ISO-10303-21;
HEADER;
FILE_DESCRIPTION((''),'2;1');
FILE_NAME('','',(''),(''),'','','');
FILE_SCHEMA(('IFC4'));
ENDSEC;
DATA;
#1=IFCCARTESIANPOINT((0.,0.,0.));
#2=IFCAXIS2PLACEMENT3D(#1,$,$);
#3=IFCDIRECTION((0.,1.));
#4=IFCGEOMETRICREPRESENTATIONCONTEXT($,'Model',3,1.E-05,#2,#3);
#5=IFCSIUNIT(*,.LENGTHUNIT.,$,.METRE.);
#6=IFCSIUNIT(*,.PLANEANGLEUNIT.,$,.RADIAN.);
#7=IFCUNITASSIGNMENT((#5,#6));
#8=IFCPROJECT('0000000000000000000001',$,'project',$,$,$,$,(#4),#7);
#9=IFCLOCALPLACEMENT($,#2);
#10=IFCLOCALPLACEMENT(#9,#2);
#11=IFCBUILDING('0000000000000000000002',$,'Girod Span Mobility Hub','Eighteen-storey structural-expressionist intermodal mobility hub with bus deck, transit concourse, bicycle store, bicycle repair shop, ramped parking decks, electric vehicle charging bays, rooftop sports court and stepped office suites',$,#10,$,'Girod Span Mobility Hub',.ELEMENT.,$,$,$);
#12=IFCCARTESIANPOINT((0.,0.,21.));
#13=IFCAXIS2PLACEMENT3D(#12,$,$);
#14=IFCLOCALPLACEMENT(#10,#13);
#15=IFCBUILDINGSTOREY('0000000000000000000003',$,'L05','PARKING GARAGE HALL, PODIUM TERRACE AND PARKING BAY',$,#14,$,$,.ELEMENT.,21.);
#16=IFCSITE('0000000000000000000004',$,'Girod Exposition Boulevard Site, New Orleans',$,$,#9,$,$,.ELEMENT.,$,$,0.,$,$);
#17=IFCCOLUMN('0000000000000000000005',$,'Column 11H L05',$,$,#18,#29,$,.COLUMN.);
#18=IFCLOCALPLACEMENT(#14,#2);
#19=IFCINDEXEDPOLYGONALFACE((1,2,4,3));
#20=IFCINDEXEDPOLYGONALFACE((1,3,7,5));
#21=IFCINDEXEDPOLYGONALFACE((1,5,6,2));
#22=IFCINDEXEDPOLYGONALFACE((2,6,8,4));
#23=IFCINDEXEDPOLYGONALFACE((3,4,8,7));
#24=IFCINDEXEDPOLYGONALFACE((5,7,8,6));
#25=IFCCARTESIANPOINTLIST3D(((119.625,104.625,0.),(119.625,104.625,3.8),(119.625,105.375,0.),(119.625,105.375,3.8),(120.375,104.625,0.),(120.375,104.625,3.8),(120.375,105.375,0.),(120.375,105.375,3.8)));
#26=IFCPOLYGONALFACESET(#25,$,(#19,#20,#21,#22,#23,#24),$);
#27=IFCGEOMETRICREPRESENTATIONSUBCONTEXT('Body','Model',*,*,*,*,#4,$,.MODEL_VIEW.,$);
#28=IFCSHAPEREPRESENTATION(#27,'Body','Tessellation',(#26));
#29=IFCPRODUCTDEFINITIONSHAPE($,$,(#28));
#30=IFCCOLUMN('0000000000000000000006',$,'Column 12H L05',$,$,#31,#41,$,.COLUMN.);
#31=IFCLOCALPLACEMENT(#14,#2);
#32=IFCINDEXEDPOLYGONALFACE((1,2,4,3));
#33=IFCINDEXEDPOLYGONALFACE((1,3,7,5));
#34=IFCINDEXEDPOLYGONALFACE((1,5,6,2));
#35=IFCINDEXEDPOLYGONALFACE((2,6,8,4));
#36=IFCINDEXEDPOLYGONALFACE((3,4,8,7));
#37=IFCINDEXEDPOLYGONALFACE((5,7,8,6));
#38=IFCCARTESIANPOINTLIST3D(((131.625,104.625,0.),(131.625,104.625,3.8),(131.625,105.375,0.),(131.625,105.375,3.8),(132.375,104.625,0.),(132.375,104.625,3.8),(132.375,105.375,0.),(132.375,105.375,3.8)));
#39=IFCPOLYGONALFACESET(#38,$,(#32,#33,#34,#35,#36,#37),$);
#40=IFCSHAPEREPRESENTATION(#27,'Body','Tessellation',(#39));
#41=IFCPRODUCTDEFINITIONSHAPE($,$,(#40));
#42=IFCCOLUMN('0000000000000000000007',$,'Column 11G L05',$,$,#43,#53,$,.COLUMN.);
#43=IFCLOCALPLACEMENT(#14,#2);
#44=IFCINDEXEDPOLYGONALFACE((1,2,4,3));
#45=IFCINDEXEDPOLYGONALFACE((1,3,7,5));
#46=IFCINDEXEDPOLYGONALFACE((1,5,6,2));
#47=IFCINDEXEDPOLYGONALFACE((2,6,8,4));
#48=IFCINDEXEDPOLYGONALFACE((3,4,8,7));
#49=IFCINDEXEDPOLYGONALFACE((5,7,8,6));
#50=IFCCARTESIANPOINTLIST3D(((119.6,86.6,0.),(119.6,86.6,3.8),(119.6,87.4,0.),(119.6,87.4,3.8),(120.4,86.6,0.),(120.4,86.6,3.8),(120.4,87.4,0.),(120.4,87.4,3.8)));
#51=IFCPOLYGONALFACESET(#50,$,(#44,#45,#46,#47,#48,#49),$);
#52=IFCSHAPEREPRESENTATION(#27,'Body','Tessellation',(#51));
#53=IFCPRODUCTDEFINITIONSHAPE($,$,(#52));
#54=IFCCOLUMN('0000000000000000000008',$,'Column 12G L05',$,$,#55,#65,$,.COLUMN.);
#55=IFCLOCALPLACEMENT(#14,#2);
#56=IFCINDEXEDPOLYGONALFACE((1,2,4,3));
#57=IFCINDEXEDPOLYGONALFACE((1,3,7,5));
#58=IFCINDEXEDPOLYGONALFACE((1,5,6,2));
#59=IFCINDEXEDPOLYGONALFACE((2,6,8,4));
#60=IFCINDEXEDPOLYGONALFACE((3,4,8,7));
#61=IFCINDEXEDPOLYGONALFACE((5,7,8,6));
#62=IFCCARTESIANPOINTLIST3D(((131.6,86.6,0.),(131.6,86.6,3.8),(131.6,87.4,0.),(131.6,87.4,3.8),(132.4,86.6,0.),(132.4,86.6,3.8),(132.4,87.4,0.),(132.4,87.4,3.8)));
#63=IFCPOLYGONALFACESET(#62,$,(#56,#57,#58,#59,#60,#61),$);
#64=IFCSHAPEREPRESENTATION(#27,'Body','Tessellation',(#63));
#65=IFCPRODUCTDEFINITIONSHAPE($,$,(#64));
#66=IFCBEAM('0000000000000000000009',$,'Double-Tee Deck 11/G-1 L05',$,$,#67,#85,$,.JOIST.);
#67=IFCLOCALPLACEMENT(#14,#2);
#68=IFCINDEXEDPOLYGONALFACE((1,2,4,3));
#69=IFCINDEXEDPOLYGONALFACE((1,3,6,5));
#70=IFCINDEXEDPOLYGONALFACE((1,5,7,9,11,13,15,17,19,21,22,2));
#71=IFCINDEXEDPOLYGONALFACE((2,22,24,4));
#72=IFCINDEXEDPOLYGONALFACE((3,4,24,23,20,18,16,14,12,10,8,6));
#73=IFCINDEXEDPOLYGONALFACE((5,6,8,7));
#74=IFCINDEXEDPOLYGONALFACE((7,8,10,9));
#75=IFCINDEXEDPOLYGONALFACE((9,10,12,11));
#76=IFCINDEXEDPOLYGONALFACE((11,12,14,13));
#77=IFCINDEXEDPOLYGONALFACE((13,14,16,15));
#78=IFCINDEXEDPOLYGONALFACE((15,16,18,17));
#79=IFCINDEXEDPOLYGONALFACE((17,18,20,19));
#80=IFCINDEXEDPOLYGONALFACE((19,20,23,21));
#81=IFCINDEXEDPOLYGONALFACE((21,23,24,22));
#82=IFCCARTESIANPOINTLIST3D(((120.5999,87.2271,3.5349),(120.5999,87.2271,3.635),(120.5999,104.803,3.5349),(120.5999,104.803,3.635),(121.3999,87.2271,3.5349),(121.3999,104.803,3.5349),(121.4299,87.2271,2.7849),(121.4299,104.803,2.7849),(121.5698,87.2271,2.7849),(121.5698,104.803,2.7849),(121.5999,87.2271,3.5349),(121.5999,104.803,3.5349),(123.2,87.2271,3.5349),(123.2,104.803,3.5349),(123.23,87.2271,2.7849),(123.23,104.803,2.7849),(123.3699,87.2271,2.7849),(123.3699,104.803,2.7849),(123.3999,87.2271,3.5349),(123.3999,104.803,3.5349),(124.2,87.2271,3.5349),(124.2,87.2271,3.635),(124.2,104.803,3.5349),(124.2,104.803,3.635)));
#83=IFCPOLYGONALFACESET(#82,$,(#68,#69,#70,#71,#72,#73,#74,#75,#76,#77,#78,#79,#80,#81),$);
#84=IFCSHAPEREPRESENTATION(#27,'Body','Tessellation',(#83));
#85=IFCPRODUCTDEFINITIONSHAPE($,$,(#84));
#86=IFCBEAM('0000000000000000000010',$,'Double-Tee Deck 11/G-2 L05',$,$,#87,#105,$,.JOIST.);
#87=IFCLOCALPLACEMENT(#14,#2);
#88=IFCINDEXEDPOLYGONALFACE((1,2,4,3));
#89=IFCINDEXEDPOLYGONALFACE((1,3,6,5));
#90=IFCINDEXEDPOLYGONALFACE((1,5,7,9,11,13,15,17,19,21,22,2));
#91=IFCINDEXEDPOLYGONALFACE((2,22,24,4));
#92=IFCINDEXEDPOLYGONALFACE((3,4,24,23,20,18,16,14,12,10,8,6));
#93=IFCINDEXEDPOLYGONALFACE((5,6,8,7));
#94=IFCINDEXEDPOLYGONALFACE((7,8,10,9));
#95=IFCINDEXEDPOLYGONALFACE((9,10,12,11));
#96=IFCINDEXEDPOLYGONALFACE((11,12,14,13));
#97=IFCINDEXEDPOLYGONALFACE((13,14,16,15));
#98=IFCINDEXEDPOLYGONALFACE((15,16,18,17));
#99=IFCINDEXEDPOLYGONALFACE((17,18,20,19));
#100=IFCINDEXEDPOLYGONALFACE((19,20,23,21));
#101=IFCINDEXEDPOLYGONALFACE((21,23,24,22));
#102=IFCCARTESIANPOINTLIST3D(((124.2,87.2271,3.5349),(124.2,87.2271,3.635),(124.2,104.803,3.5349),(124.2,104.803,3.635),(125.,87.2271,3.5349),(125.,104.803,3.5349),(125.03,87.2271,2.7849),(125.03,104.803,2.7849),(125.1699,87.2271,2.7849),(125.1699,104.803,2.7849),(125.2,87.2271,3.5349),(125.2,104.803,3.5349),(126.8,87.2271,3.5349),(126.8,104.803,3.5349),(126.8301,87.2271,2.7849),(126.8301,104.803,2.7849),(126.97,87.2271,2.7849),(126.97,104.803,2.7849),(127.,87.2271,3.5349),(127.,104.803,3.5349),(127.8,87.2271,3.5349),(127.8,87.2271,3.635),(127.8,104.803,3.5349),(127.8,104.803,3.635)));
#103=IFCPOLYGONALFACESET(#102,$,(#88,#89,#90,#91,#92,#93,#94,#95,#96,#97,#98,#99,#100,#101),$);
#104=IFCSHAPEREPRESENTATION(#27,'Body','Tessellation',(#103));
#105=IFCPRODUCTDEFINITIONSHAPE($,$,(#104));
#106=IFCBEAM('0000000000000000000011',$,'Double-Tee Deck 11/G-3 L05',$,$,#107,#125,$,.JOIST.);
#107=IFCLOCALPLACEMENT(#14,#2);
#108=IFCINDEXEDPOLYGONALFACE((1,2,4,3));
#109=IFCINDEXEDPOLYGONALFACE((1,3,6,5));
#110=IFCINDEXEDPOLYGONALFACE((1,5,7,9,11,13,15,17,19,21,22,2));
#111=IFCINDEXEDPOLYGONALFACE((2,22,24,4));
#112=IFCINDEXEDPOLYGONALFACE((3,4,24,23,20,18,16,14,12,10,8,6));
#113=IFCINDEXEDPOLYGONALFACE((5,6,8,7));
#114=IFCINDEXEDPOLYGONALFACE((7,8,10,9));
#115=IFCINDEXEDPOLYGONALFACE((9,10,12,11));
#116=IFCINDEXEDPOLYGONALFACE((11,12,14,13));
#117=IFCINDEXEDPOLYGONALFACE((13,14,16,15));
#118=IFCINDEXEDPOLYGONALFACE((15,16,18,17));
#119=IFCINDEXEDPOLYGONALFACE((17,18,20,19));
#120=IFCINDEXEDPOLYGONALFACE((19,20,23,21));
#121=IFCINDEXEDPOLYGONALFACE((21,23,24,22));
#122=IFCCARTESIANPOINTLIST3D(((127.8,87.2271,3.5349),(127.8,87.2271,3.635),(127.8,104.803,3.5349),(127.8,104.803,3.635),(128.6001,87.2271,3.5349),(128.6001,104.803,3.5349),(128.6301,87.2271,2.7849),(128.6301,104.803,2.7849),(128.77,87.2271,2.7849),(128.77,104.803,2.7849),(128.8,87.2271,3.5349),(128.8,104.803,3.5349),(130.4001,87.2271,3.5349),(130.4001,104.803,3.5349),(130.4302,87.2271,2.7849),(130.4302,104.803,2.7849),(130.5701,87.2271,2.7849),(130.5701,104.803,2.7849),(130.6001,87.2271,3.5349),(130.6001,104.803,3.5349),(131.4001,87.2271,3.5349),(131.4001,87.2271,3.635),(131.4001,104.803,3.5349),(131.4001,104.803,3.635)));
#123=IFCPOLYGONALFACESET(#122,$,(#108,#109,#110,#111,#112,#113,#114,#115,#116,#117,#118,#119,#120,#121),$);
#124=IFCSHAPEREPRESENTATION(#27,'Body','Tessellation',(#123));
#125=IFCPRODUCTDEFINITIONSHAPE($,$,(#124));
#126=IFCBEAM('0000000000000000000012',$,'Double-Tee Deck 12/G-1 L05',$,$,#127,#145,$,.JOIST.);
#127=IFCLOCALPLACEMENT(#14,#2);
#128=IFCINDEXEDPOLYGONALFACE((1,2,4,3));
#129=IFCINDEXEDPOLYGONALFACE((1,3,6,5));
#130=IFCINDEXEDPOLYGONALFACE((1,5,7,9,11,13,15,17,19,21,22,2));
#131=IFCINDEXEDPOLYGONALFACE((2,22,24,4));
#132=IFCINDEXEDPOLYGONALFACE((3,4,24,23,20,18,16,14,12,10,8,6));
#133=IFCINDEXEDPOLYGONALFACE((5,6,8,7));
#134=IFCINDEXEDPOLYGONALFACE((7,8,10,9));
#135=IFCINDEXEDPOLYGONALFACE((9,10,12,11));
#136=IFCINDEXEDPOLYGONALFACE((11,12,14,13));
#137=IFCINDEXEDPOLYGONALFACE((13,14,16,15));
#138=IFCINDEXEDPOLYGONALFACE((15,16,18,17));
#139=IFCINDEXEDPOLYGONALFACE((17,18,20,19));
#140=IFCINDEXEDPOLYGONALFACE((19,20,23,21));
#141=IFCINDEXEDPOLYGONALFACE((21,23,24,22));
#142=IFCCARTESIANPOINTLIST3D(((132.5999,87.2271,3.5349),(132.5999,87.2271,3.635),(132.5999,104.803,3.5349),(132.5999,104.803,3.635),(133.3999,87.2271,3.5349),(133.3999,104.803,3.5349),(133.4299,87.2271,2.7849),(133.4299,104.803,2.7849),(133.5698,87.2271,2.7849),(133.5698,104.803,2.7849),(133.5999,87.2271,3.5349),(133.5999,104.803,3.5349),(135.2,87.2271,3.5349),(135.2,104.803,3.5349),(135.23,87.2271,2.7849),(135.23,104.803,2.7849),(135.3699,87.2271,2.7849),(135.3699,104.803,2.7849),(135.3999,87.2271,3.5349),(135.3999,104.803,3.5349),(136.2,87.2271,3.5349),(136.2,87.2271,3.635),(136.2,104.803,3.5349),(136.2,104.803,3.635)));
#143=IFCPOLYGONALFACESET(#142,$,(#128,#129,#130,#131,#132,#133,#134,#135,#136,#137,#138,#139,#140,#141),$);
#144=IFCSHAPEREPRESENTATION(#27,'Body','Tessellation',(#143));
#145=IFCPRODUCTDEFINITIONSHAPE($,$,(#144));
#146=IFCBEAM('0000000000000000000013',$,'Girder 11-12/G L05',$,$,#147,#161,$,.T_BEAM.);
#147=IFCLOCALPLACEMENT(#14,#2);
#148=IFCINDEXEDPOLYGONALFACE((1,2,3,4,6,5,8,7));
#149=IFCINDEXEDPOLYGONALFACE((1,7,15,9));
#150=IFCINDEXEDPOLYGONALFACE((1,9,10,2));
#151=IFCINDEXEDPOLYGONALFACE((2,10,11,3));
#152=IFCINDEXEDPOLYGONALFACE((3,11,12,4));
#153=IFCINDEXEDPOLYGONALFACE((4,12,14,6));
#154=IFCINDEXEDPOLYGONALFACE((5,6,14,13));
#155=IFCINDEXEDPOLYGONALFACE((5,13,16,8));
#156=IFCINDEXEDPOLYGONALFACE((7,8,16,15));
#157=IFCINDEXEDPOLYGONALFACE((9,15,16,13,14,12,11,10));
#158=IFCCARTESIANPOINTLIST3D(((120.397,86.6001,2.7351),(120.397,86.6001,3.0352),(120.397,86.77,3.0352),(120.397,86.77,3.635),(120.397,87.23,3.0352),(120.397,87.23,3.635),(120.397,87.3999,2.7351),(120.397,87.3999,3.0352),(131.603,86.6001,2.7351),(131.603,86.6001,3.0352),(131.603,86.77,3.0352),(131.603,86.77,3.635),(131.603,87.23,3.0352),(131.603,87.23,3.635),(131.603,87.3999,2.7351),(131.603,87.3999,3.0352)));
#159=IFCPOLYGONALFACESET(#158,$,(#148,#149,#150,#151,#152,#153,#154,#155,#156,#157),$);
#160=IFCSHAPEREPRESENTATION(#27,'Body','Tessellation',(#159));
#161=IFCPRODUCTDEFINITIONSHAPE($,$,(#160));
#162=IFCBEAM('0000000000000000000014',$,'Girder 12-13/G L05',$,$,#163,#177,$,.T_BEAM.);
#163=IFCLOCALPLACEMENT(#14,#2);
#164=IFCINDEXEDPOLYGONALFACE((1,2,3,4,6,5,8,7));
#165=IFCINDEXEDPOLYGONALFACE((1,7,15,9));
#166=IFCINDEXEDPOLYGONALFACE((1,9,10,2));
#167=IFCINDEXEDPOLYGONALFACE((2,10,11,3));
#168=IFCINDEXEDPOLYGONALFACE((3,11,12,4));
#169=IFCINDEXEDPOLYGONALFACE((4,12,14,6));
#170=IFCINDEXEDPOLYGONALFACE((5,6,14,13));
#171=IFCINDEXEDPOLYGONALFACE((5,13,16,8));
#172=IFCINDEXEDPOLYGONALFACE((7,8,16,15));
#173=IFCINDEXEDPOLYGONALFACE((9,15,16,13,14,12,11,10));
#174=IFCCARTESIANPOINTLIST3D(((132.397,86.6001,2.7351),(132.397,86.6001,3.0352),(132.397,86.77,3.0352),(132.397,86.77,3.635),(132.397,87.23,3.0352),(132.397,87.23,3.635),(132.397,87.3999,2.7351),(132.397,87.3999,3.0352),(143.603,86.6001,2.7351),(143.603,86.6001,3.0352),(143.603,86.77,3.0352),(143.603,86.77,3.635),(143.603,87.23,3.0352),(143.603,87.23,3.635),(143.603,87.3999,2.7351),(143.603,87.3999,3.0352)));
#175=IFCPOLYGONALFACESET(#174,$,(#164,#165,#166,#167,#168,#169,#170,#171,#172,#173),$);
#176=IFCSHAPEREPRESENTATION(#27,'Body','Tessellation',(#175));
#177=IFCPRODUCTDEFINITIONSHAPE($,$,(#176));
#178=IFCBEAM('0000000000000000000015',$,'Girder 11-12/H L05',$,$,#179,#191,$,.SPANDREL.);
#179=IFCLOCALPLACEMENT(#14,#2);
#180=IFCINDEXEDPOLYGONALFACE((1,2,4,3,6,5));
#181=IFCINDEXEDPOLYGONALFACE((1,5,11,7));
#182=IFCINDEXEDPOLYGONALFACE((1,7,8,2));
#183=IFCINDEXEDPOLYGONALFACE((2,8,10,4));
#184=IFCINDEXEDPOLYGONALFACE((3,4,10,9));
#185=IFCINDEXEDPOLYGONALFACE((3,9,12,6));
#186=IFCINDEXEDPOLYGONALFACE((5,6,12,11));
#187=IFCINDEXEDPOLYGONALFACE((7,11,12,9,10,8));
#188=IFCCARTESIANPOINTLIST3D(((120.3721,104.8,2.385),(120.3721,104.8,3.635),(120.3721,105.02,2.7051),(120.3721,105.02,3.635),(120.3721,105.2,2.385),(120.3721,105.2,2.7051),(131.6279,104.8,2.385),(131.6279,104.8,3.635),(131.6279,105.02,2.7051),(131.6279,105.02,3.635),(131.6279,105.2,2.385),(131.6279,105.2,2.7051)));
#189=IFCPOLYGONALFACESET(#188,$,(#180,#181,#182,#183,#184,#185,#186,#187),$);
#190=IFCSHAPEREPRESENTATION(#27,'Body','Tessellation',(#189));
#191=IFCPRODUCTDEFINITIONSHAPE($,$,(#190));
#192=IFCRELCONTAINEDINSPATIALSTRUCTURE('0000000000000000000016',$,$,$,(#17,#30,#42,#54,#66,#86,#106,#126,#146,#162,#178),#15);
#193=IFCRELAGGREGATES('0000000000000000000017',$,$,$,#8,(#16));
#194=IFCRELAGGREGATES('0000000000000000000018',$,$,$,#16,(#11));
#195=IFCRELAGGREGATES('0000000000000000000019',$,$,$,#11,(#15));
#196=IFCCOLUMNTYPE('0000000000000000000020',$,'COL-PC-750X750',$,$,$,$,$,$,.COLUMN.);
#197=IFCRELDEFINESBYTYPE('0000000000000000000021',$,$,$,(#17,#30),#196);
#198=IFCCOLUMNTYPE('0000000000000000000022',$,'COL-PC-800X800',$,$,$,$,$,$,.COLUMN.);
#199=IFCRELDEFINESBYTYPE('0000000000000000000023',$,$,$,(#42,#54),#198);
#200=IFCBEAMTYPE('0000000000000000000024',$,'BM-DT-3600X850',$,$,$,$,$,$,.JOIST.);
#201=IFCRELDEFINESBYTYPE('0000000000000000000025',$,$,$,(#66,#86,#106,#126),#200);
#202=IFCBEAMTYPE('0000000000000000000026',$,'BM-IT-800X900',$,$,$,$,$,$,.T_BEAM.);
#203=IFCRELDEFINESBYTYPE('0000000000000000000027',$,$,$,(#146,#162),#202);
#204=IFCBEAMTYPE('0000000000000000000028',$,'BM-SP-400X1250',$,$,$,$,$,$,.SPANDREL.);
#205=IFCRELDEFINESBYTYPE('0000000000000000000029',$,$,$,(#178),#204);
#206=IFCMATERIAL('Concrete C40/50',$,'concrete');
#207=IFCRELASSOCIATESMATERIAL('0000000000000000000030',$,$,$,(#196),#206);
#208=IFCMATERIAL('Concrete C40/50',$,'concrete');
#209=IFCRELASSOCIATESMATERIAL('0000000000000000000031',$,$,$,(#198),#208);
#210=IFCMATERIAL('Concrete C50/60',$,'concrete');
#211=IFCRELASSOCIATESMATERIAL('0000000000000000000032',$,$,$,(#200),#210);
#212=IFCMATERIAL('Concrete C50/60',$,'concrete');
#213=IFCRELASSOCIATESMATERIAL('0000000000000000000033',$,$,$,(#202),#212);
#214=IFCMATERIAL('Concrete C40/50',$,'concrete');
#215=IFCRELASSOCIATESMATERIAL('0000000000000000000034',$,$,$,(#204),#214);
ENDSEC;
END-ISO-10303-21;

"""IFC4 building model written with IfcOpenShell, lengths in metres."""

from ifc_helpers import new_model, si_unit, direction, frame, origin, origin_2d, place, context, subcontext, project, spatial, polyline, rectangle, outline, extrude, material, material_profile, profile_set, type_object, element, save


model = new_model("IFC4")

# Units and contexts
model_context = context("Model", 3, precision=1e-05, world=origin(), true_north=direction((0.0, 1.0)))
body_context = subcontext(model_context, "Body", "Model", "MODEL_VIEW")
ifc_project = project(units=[si_unit("LENGTHUNIT", "METRE"), si_unit("PLANEANGLEUNIT", "RADIAN")], contexts=[model_context])

# Site, building, storey
site_placement = place(None, origin())
site = spatial("IfcSite", under=ifc_project, at=site_placement, Name="Girod Exposition Boulevard Site, New Orleans", CompositionType="ELEMENT", RefElevation=0.0)
building_placement = place(site_placement, origin())
building = spatial("IfcBuilding", under=site, at=building_placement, Name="Girod Span Mobility Hub", Description="Eighteen-storey structural-expressionist intermodal mobility hub with bus deck, transit concourse, bicycle store, bicycle repair shop, ramped parking decks, electric vehicle charging bays, rooftop sports court and stepped office suites", LongName="Girod Span Mobility Hub", CompositionType="ELEMENT")
storey_placement = place(building_placement, frame((0.0, 0.0, 21.0)))
storey = spatial("IfcBuildingStorey", under=building, at=storey_placement, Name="L05", Description="PARKING GARAGE HALL, PODIUM TERRACE AND PARKING BAY", CompositionType="ELEMENT", Elevation=21.0)

# Columns
ifc_material_1 = material(Name="Concrete C40/50", Category="concrete")
ifc_material_profile_1 = material_profile(ifc_material_1, rectangle(XDim=0.75, YDim=0.75, at=origin_2d()), Name="PC-COL-750X750")
ifc_profile_set_1 = profile_set([ifc_material_profile_1], Name="Concrete C40/50")
column_type_1 = type_object("IfcColumnType", Name="COL-PC-750X750", PredefinedType="COLUMN", material=ifc_profile_set_1)
for number, where, z_axis, x_axis, name in (
    (1, (120.0, 105.0, 0.0), (0.0, 0.0, 1.0), (1.0, 0.0, 0.0), "Column 11H L05"),
    (2, (132.0, 105.0, 0.0), (0.0, 0.0, 1.0), (1.0, 0.0, 0.0), "Column 12H L05"),
):
    element("IfcColumn", number, at=place(storey_placement, frame(where, z_axis=z_axis, x_axis=x_axis)), inside=storey, type_object=column_type_1, Name=name, PredefinedType="COLUMN", context=body_context, shape_type="SweptSolid", body=[
        extrude(rectangle(XDim=0.75, YDim=0.75, at=origin_2d()), origin(), (0.0, 0.0, 1.0), 3.8),
    ])
ifc_material_2 = material(Name="Concrete C40/50", Category="concrete")
ifc_material_profile_2 = material_profile(ifc_material_2, rectangle(XDim=0.8, YDim=0.8, at=origin_2d()), Name="PC-COL-800X800")
ifc_profile_set_2 = profile_set([ifc_material_profile_2], Name="Concrete C40/50")
column_type_2 = type_object("IfcColumnType", Name="COL-PC-800X800", PredefinedType="COLUMN", material=ifc_profile_set_2)
for number, where, z_axis, x_axis, name in (
    (3, (120.0, 87.0, 0.0), (0.0, 0.0, 1.0), (1.0, 0.0, 0.0), "Column 11G L05"),
    (4, (132.0, 87.0, 0.0), (0.0, 0.0, 1.0), (1.0, 0.0, 0.0), "Column 12G L05"),
):
    element("IfcColumn", number, at=place(storey_placement, frame(where, z_axis=z_axis, x_axis=x_axis)), inside=storey, type_object=column_type_2, Name=name, PredefinedType="COLUMN", context=body_context, shape_type="SweptSolid", body=[
        extrude(rectangle(XDim=0.8, YDim=0.8, at=origin_2d()), origin(), (0.0, 0.0, 1.0), 3.8),
    ])

# Beams
ifc_material_3 = material(Name="Concrete C50/60", Category="concrete")
ifc_material_profile_3 = material_profile(ifc_material_3, outline(polyline([(-1.8, 0.425), (-1.8, 0.325), (-1.0, 0.325), (-0.97, -0.425), (-0.8301, -0.425), (-0.8, 0.325), (0.8, 0.325), (0.8301, -0.425), (0.97, -0.425), (1.0, 0.325), (1.8, 0.325), (1.8, 0.425), (-1.8, 0.425)])), Name="DT-3600X850")
ifc_profile_set_3 = profile_set([ifc_material_profile_3], Name="Concrete C50/60")
beam_type_1 = type_object("IfcBeamType", Name="BM-DT-3600X850", PredefinedType="JOIST", material=ifc_profile_set_3)
for number, where, z_axis, x_axis, name in (
    (5, (122.3999, 87.2271, 3.21), (0.0, 1.0, 0.0), (-1.0, 0.0, 0.0), "Double-Tee Deck 11/G-1 L05"),
    (6, (126.0, 87.2271, 3.21), (0.0, 1.0, 0.0), (-1.0, 0.0, 0.0), "Double-Tee Deck 11/G-2 L05"),
    (7, (129.6001, 87.2271, 3.21), (0.0, 1.0, 0.0), (-1.0, 0.0, 0.0), "Double-Tee Deck 11/G-3 L05"),
    (8, (134.3999, 87.2271, 3.21), (0.0, 1.0, 0.0), (-1.0, 0.0, 0.0), "Double-Tee Deck 12/G-1 L05"),
):
    element("IfcBeam", number, at=place(storey_placement, frame(where, z_axis=z_axis, x_axis=x_axis)), inside=storey, type_object=beam_type_1, Name=name, PredefinedType="JOIST", context=body_context, shape_type="SweptSolid", body=[
        extrude(outline(polyline([(-1.8, 0.425), (-1.8, 0.325), (-1.0, 0.325), (-0.97, -0.425), (-0.8301, -0.425), (-0.8, 0.325), (0.8, 0.325), (0.8301, -0.425), (0.97, -0.425), (1.0, 0.325), (1.8, 0.325), (1.8, 0.425), (-1.8, 0.425)])), origin(), (0.0, 0.0, 1.0), 17.5759),
    ])
ifc_material_4 = material(Name="Concrete C50/60", Category="concrete")
ifc_material_profile_4 = material_profile(ifc_material_4, outline(polyline([(-0.3999, -0.45), (0.3999, -0.45), (0.3999, -0.1499), (0.23, -0.1499), (0.23, 0.45), (-0.23, 0.45), (-0.23, -0.1499), (-0.3999, -0.1499), (-0.3999, -0.45)])), Name="IT-800X900")
ifc_profile_set_4 = profile_set([ifc_material_profile_4], Name="Concrete C50/60")
beam_type_2 = type_object("IfcBeamType", Name="BM-IT-800X900", PredefinedType="T_BEAM", material=ifc_profile_set_4)
for number, where, z_axis, x_axis, name in (
    (9, (120.397, 87.0, 3.1851), (1.0, 0.0, 0.0), (0.0, 1.0, 0.0), "Girder 11-12/G L05"),
    (10, (132.397, 87.0, 3.1851), (1.0, 0.0, 0.0), (0.0, 1.0, 0.0), "Girder 12-13/G L05"),
):
    element("IfcBeam", number, at=place(storey_placement, frame(where, z_axis=z_axis, x_axis=x_axis)), inside=storey, type_object=beam_type_2, Name=name, PredefinedType="T_BEAM", context=body_context, shape_type="SweptSolid", body=[
        extrude(outline(polyline([(-0.3999, -0.45), (0.3999, -0.45), (0.3999, -0.1499), (0.23, -0.1499), (0.23, 0.45), (-0.23, 0.45), (-0.23, -0.1499), (-0.3999, -0.1499), (-0.3999, -0.45)])), origin(), (0.0, 0.0, 1.0), 11.2061),
    ])
ifc_material_5 = material(Name="Concrete C40/50", Category="concrete")
ifc_material_profile_5 = material_profile(ifc_material_5, outline(polyline([(-0.2, -0.625), (0.2, -0.625), (0.2, -0.3049), (0.02, -0.3049), (0.02, 0.625), (-0.2, 0.625), (-0.2, -0.625)])), Name="SP-400X1250")
ifc_profile_set_5 = profile_set([ifc_material_profile_5], Name="Concrete C40/50")
beam_type_3 = type_object("IfcBeamType", Name="BM-SP-400X1250", PredefinedType="SPANDREL", material=ifc_profile_set_5)
for number, where, z_axis, x_axis, name in (
    (11, (120.3721, 105.0, 3.01), (1.0, 0.0, 0.0), (0.0, 1.0, 0.0), "Girder 11-12/H L05"),
):
    element("IfcBeam", number, at=place(storey_placement, frame(where, z_axis=z_axis, x_axis=x_axis)), inside=storey, type_object=beam_type_3, Name=name, PredefinedType="SPANDREL", context=body_context, shape_type="SweptSolid", body=[
        extrude(outline(polyline([(-0.2, -0.625), (0.2, -0.625), (0.2, -0.3049), (0.02, -0.3049), (0.02, 0.625), (-0.2, 0.625), (-0.2, -0.625)])), origin(), (0.0, 0.0, 1.0), 11.2559),
    ])

save(model, "model.ifc")
